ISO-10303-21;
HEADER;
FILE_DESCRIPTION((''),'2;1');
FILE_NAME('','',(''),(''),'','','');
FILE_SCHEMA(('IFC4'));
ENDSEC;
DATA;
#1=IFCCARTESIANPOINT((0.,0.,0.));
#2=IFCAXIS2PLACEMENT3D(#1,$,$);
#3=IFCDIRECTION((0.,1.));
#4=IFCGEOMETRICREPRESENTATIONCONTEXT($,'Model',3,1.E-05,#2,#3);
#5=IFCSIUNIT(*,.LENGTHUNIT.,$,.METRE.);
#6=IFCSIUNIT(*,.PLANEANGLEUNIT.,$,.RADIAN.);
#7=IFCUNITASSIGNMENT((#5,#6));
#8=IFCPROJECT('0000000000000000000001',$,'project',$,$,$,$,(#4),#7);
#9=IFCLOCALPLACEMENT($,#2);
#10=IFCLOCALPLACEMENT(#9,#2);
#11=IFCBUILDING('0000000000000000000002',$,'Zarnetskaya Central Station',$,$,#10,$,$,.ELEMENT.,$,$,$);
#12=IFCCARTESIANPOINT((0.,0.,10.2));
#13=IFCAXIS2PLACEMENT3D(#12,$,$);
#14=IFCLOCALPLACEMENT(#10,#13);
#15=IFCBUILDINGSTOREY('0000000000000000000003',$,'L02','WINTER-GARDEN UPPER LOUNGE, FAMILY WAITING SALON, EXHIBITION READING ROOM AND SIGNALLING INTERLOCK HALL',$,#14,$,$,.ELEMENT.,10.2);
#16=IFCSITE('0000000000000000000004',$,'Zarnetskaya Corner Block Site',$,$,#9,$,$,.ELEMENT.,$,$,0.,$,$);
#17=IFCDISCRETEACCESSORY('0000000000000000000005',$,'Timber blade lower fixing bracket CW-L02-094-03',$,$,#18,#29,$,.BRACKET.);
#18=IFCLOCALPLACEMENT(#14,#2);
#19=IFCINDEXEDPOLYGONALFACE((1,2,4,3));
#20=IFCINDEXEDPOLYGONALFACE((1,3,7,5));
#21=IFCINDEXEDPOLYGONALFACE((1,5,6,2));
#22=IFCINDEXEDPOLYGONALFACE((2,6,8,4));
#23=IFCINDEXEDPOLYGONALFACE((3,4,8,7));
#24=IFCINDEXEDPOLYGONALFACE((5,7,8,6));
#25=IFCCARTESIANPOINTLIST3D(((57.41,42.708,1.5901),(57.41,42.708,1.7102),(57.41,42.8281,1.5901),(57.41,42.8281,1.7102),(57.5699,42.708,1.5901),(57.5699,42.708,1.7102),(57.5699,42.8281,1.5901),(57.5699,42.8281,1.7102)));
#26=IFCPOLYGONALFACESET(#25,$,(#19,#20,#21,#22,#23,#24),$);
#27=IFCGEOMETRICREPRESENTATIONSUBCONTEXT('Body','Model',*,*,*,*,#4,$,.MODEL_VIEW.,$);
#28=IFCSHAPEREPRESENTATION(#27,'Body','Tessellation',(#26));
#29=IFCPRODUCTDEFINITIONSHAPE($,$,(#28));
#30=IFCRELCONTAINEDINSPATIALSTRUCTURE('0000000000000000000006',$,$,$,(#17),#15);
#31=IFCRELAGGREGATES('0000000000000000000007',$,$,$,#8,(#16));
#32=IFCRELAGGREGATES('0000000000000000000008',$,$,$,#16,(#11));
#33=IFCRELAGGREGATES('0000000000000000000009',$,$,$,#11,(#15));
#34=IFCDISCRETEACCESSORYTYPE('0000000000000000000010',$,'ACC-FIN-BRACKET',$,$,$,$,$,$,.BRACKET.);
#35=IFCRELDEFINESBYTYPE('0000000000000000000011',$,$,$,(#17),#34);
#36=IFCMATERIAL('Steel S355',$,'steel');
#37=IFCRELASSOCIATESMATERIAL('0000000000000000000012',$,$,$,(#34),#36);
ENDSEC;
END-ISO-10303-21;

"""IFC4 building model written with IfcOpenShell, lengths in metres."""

from ifc_helpers import new_model, si_unit, direction, frame, origin, origin_2d, place, context, subcontext, project, spatial, rectangle, extrude, material, type_object, element, save


model = new_model("IFC4")

# Units and contexts
model_context = context("Model", 3, precision=1e-05, world=origin(), true_north=direction((0.0, 1.0)))
body_context = subcontext(model_context, "Body", "Model", "MODEL_VIEW")
ifc_project = project(units=[si_unit("LENGTHUNIT", "METRE"), si_unit("PLANEANGLEUNIT", "RADIAN")], contexts=[model_context])

# Site, building, storey
site_placement = place(None, origin())
site = spatial("IfcSite", under=ifc_project, at=site_placement, Name="Zarnetskaya Corner Block Site", CompositionType="ELEMENT", RefElevation=0.0)
building_placement = place(site_placement, origin())
building = spatial("IfcBuilding", under=site, at=building_placement, Name="Zarnetskaya Central Station", CompositionType="ELEMENT")
storey_placement = place(building_placement, frame((0.0, 0.0, 10.2)))
storey = spatial("IfcBuildingStorey", under=building, at=storey_placement, Name="L02", Description="WINTER-GARDEN UPPER LOUNGE, FAMILY WAITING SALON, EXHIBITION READING ROOM AND SIGNALLING INTERLOCK HALL", CompositionType="ELEMENT", Elevation=10.2)

# Shared definitions
ifc_material_1 = material(Name="Steel S355", Category="steel")

# Discrete accessory
discrete_accessory_type = type_object("IfcDiscreteAccessoryType", Name="ACC-FIN-BRACKET", PredefinedType="BRACKET", material=ifc_material_1)
for number, where, z_axis, x_axis, name in (
    (1, (57.49, 42.7681, 1.5901), (0.0, 0.0, 1.0), (0.0, 1.0, 0.0), "Timber blade lower fixing bracket CW-L02-094-03"),
):
    element("IfcDiscreteAccessory", number, at=place(storey_placement, frame(where, z_axis=z_axis, x_axis=x_axis)), inside=storey, type_object=discrete_accessory_type, Name=name, PredefinedType="BRACKET", context=body_context, shape_type="SweptSolid", body=[
        extrude(rectangle(XDim=0.1201, YDim=0.1599, at=origin_2d()), origin(), (0.0, 0.0, 1.0), 0.1201),
    ])

save(model, "model.ifc")
